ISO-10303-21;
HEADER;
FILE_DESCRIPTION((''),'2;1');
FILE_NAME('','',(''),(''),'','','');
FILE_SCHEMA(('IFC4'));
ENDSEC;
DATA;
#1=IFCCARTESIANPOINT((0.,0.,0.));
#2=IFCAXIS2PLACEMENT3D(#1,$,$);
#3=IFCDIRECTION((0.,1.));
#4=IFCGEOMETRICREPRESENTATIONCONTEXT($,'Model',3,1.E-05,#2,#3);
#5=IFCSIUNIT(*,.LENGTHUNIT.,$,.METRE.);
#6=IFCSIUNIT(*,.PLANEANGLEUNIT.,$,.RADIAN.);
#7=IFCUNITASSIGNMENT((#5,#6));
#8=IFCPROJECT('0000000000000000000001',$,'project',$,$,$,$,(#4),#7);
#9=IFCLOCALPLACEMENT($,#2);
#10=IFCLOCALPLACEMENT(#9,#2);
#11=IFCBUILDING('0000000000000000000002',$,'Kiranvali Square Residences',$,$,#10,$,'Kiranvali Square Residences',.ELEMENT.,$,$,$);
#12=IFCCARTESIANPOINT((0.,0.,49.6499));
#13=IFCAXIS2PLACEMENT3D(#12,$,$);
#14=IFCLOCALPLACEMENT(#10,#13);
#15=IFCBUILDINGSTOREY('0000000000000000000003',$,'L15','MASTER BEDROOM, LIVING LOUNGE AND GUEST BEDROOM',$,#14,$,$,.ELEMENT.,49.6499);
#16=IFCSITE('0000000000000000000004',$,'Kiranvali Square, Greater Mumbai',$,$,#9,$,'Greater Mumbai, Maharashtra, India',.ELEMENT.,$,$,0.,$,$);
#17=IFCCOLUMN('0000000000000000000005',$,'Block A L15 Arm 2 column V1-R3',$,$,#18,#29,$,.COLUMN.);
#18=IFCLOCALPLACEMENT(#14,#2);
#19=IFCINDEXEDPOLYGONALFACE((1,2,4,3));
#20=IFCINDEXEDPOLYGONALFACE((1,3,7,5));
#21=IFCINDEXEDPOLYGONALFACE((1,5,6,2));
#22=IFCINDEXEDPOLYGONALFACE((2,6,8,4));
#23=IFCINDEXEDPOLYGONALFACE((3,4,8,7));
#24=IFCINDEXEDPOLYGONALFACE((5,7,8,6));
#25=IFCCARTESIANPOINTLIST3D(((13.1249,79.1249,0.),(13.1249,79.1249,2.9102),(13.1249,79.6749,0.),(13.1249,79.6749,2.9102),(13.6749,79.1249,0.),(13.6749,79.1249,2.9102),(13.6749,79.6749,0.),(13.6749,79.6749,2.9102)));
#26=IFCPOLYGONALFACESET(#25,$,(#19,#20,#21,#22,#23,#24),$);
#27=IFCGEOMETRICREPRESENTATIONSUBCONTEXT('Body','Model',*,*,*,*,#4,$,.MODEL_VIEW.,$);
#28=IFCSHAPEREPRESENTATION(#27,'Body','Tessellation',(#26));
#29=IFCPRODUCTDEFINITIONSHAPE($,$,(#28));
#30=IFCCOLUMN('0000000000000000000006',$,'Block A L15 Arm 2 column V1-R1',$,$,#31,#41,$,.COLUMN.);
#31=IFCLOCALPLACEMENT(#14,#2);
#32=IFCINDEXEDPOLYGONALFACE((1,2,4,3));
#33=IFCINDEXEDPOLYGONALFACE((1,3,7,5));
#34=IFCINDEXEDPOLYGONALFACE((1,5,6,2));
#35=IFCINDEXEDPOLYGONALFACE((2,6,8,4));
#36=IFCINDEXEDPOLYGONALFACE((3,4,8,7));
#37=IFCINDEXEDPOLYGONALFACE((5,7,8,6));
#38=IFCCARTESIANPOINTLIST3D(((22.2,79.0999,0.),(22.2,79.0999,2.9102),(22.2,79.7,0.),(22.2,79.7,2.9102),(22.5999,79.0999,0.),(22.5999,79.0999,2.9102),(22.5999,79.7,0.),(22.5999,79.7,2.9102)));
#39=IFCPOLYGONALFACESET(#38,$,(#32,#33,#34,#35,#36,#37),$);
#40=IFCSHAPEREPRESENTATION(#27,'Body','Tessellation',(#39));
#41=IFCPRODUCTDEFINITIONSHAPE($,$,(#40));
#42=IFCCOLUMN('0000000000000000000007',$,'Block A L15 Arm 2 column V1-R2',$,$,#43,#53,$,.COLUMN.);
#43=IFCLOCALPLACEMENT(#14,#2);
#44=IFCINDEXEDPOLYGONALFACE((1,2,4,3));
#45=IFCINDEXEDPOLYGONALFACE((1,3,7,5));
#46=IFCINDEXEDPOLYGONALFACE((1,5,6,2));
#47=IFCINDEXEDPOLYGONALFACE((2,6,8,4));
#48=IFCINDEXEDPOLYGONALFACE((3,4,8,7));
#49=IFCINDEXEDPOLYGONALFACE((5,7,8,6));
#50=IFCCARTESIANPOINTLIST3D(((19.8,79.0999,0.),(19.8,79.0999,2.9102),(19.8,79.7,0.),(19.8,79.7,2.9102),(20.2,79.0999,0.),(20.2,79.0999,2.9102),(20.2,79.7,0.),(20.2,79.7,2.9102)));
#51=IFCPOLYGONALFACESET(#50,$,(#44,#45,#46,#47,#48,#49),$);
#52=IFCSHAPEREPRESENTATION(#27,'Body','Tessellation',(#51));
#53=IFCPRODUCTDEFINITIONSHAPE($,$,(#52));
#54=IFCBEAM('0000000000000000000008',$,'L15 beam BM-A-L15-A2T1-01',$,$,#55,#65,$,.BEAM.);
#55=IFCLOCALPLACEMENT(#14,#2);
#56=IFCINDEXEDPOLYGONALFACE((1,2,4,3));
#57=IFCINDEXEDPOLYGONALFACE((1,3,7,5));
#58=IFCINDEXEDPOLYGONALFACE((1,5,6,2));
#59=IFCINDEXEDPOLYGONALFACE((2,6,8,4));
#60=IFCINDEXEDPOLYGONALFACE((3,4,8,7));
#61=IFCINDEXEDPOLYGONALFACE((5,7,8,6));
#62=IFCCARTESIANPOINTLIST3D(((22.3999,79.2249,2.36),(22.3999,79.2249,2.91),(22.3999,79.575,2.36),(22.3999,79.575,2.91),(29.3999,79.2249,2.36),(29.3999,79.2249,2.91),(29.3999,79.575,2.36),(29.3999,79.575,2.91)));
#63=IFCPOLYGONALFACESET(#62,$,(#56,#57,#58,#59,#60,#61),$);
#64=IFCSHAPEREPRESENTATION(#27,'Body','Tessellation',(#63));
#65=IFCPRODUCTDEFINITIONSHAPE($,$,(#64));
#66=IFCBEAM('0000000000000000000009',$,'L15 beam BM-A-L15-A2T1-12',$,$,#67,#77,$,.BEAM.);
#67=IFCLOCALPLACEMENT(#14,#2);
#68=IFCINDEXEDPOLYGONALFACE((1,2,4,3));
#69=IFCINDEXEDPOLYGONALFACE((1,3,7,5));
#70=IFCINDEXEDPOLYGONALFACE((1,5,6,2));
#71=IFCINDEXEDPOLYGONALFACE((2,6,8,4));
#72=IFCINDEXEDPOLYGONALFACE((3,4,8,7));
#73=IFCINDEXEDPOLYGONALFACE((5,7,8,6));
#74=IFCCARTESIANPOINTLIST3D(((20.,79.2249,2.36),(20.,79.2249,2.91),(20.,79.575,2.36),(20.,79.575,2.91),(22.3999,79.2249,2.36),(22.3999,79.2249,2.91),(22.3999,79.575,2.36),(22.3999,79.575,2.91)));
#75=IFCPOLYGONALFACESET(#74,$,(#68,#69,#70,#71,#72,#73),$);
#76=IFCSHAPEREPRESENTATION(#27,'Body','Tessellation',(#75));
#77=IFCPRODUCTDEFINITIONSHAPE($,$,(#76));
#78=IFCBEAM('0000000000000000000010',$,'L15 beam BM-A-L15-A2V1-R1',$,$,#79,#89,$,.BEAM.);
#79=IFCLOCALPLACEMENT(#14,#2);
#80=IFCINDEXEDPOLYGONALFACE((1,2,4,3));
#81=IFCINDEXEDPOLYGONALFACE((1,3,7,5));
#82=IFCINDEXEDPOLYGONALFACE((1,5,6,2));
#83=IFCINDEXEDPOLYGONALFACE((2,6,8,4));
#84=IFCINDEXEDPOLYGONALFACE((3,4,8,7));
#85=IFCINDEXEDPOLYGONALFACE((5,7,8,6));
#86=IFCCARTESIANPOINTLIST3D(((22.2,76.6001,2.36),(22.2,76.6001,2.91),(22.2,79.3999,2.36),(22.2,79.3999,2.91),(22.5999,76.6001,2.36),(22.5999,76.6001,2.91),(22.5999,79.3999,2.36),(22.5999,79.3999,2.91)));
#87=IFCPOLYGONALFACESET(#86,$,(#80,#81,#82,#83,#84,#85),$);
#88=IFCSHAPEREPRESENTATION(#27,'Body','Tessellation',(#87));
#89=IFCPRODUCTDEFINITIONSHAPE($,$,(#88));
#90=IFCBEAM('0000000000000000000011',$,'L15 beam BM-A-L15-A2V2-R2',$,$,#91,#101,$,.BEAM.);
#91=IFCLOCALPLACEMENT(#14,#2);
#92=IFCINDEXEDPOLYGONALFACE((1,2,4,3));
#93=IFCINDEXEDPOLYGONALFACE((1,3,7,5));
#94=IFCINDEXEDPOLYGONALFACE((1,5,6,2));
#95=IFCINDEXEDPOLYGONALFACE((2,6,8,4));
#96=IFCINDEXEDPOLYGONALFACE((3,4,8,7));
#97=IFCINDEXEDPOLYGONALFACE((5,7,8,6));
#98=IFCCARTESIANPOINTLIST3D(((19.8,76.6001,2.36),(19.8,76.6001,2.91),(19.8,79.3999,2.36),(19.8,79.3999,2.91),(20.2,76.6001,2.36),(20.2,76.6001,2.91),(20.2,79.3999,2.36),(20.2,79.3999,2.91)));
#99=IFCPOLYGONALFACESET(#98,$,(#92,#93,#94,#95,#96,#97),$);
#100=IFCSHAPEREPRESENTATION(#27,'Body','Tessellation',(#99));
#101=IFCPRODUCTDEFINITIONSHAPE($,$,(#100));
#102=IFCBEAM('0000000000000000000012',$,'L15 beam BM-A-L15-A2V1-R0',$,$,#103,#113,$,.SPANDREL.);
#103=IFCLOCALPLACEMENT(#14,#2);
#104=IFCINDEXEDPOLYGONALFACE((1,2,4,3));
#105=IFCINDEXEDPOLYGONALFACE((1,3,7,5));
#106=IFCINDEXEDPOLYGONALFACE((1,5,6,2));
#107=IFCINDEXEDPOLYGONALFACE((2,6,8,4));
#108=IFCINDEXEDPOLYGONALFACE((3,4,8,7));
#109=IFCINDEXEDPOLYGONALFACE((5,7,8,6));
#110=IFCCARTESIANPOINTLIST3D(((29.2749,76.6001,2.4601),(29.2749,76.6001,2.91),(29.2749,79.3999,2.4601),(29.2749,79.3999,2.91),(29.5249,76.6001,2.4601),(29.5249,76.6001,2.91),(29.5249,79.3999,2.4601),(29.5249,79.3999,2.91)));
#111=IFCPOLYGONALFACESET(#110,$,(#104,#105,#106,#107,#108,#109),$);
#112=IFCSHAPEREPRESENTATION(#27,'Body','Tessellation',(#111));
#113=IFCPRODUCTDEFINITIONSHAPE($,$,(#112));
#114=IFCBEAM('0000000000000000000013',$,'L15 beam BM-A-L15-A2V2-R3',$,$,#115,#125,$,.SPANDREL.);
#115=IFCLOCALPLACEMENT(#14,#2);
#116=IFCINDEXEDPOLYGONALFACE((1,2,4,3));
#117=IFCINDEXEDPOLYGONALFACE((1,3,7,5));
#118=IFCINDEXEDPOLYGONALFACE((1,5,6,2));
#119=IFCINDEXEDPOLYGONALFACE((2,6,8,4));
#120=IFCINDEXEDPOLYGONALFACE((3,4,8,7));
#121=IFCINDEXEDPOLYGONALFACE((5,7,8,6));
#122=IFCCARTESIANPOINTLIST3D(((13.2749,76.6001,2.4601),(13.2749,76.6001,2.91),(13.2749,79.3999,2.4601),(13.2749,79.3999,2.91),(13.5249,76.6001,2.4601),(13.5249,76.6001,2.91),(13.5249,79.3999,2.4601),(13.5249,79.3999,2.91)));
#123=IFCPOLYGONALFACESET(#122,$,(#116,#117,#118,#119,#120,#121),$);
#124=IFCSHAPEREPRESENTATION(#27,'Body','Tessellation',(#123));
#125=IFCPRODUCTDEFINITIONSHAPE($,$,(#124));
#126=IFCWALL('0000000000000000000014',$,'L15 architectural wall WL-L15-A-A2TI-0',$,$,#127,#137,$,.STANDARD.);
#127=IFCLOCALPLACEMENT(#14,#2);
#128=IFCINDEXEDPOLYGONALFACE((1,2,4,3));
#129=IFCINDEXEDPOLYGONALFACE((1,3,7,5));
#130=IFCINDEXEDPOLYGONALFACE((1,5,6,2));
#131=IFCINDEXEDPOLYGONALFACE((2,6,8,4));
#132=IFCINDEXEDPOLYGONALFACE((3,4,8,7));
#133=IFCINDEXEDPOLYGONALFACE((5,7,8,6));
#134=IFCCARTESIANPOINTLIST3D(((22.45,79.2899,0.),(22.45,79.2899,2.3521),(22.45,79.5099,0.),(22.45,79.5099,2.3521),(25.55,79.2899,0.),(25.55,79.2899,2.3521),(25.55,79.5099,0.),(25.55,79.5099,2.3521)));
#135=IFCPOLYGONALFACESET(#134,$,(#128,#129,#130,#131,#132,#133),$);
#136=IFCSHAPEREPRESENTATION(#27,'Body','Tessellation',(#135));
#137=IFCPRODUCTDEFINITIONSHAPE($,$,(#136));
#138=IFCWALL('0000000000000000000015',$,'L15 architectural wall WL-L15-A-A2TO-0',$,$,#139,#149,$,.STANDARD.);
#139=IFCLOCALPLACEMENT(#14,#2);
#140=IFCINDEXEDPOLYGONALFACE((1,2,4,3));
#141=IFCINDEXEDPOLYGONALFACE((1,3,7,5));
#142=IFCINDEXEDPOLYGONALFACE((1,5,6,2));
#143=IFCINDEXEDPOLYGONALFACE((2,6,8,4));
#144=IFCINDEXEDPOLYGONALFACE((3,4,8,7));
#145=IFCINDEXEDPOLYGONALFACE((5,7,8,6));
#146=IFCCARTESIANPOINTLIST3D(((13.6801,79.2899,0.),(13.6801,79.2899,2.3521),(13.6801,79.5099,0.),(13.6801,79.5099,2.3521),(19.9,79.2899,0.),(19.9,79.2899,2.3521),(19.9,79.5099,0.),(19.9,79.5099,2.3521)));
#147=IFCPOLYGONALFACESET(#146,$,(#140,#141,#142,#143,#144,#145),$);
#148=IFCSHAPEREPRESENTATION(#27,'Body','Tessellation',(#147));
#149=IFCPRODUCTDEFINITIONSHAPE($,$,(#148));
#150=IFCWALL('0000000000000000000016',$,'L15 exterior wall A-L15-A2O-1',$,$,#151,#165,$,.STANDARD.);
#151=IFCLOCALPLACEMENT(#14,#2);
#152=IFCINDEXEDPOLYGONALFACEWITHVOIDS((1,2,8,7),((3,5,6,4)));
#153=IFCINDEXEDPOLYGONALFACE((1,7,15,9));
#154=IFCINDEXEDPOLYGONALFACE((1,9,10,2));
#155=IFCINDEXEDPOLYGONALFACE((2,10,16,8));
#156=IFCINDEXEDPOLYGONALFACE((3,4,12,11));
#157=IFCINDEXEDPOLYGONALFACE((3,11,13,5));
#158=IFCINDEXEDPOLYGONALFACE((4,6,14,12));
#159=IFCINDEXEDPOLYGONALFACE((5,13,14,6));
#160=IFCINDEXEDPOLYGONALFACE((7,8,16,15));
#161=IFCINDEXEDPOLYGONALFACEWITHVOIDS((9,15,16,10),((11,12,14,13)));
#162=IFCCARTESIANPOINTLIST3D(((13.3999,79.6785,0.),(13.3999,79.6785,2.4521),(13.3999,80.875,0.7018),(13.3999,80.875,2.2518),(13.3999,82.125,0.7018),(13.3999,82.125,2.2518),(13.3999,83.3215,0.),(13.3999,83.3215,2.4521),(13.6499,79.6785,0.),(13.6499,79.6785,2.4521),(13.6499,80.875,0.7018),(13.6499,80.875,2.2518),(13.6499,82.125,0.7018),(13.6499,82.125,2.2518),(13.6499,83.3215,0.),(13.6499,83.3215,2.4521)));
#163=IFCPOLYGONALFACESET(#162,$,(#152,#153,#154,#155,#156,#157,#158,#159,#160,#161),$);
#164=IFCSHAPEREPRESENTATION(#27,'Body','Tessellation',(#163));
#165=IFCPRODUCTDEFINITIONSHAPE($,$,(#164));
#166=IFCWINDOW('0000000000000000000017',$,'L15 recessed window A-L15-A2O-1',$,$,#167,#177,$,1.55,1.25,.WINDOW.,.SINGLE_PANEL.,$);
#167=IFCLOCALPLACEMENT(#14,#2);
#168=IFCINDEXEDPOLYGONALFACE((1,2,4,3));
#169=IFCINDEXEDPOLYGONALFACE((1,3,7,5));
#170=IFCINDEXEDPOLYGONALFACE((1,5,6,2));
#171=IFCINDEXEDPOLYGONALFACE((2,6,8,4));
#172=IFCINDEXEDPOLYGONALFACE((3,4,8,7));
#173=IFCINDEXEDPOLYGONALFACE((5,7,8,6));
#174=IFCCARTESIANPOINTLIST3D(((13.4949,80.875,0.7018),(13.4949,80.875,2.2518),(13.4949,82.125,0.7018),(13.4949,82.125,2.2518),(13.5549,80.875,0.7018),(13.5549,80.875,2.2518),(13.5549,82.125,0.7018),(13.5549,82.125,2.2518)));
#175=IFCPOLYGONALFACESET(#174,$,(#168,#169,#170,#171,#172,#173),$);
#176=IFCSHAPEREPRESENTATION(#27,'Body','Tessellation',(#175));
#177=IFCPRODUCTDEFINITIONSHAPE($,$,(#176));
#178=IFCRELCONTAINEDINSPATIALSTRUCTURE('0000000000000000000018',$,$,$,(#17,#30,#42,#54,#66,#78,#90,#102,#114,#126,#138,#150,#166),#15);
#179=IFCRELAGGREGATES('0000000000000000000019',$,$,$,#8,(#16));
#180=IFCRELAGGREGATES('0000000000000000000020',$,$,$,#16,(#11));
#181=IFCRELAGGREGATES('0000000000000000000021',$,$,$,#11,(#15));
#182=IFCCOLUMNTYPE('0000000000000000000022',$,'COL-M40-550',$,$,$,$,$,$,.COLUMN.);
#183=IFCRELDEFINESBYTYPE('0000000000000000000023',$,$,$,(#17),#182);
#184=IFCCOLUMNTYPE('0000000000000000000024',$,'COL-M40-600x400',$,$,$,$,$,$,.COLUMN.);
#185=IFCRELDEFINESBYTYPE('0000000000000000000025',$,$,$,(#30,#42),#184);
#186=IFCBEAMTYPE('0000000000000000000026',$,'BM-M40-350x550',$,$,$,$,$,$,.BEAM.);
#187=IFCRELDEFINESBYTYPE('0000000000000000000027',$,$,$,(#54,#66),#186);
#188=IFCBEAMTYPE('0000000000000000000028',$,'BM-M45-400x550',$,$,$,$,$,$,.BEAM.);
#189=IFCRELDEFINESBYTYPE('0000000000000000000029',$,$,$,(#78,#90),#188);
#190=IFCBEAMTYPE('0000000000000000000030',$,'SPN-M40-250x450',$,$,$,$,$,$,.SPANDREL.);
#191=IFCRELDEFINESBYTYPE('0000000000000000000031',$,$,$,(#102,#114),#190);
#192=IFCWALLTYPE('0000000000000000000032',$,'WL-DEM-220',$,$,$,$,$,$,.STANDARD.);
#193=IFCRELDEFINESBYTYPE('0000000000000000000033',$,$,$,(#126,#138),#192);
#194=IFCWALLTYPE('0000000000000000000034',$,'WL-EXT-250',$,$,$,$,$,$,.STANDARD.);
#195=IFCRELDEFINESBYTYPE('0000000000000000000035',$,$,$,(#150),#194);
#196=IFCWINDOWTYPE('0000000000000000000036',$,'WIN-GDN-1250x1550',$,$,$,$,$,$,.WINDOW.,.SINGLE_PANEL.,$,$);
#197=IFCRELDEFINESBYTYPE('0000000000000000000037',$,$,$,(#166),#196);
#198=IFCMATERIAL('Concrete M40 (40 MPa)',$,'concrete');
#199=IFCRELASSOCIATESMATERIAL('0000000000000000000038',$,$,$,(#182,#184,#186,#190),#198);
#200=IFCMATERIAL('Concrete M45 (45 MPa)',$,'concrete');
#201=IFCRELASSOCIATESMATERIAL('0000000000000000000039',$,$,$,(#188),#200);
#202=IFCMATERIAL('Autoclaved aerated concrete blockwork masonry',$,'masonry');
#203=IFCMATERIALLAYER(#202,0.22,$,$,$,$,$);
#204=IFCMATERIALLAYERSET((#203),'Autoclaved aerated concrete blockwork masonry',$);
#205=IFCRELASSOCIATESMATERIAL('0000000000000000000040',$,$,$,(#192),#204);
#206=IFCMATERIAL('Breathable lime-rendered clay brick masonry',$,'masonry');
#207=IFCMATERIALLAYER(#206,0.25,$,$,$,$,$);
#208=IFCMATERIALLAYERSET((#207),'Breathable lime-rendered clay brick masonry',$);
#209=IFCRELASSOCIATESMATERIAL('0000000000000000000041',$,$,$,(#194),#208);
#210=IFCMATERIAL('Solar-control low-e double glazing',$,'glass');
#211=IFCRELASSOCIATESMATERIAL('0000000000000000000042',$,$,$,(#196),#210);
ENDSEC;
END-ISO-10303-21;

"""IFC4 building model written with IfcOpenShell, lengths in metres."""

from ifc_helpers import new_model, si_unit, direction, frame, frame_2d, origin, origin_2d, place, context, subcontext, project, spatial, rectangle, extrude, material, layer, layer_set, material_profile, profile_set, type_object, element, fill, save


model = new_model("IFC4")

# Units and contexts
model_context = context("Model", 3, precision=1e-05, world=origin(), true_north=direction((0.0, 1.0)))
body_context = subcontext(model_context, "Body", "Model", "MODEL_VIEW")
ifc_project = project(units=[si_unit("LENGTHUNIT", "METRE"), si_unit("PLANEANGLEUNIT", "RADIAN")], contexts=[model_context])

# Site, building, storey
site_placement = place(None, origin())
site = spatial("IfcSite", under=ifc_project, at=site_placement, Name="Kiranvali Square, Greater Mumbai", LongName="Greater Mumbai, Maharashtra, India", CompositionType="ELEMENT", RefElevation=0.0)
building_placement = place(site_placement, origin())
building = spatial("IfcBuilding", under=site, at=building_placement, Name="Kiranvali Square Residences", LongName="Kiranvali Square Residences", CompositionType="ELEMENT")
storey_placement = place(building_placement, frame((0.0, 0.0, 49.6499)))
storey = spatial("IfcBuildingStorey", under=building, at=storey_placement, Name="L15", Description="MASTER BEDROOM, LIVING LOUNGE AND GUEST BEDROOM", CompositionType="ELEMENT", Elevation=49.6499)

# Columns
ifc_material_1 = material(Name="Concrete M40 (40 MPa)", Category="concrete")
ifc_material_profile_1 = material_profile(ifc_material_1, rectangle(XDim=0.55, YDim=0.55, at=origin_2d()), Name="RC 550x550")
ifc_profile_set_1 = profile_set([ifc_material_profile_1], Name="Concrete M40 (40 MPa)")
column_type_1 = type_object("IfcColumnType", Name="COL-M40-550", PredefinedType="COLUMN", material=ifc_profile_set_1)
column_placement = place(storey_placement, frame((13.3999, 79.3999, 0.0), z_axis=(0.0, 0.0, 1.0), x_axis=(1.0, 0.0, 0.0)))
element("IfcColumn", 1, at=column_placement, inside=storey, type_object=column_type_1, Name="Block A L15 Arm 2 column V1-R3", PredefinedType="COLUMN", context=body_context, shape_type="SweptSolid", body=[
    extrude(rectangle(XDim=0.55, YDim=0.55, at=origin_2d()), origin(), (0.0, 0.0, 1.0), 2.9102),
])
ifc_material_profile_2 = material_profile(ifc_material_1, rectangle(XDim=0.3999, YDim=0.6001, at=origin_2d()), Name="RC 600x400")
ifc_profile_set_2 = profile_set([ifc_material_profile_2], Name="Concrete M40 (40 MPa)")
column_type_2 = type_object("IfcColumnType", Name="COL-M40-600x400", PredefinedType="COLUMN", material=ifc_profile_set_2)
for number, where, z_axis, x_axis, name in (
    (2, (22.3999, 79.3999, 0.0), (0.0, 0.0, 1.0), (1.0, 0.0, 0.0), "Block A L15 Arm 2 column V1-R1"),
    (3, (20.0, 79.3999, 0.0), (0.0, 0.0, 1.0), (1.0, 0.0, 0.0), "Block A L15 Arm 2 column V1-R2"),
):
    element("IfcColumn", number, at=place(storey_placement, frame(where, z_axis=z_axis, x_axis=x_axis)), inside=storey, type_object=column_type_2, Name=name, PredefinedType="COLUMN", context=body_context, shape_type="SweptSolid", body=[
        extrude(rectangle(XDim=0.3999, YDim=0.6001, at=origin_2d()), origin(), (0.0, 0.0, 1.0), 2.9102),
    ])

# Beams
ifc_material_profile_3 = material_profile(ifc_material_1, rectangle(XDim=0.3501, YDim=0.55, at=origin_2d()), Name="RC 350x550")
ifc_profile_set_3 = profile_set([ifc_material_profile_3], Name="Concrete M40 (40 MPa)")
beam_type_1 = type_object("IfcBeamType", Name="BM-M40-350x550", PredefinedType="BEAM", material=ifc_profile_set_3)
beam_1_placement = place(storey_placement, frame((29.3999, 79.3999, 2.635), z_axis=(-1.0, 0.0, 0.0), x_axis=(0.0, -1.0, 0.0)))
element("IfcBeam", 4, at=beam_1_placement, inside=storey, type_object=beam_type_1, Name="L15 beam BM-A-L15-A2T1-01", PredefinedType="BEAM", context=body_context, shape_type="SweptSolid", body=[
    extrude(rectangle(XDim=0.3501, YDim=0.55, at=origin_2d()), origin(), (0.0, 0.0, 1.0), 7.0),
])
beam_2_placement = place(storey_placement, frame((22.3999, 79.3999, 2.635), z_axis=(-1.0, 0.0, 0.0), x_axis=(0.0, -1.0, 0.0)))
element("IfcBeam", 5, at=beam_2_placement, inside=storey, type_object=beam_type_1, Name="L15 beam BM-A-L15-A2T1-12", PredefinedType="BEAM", context=body_context, shape_type="SweptSolid", body=[
    extrude(rectangle(XDim=0.3501, YDim=0.55, at=origin_2d()), origin(), (0.0, 0.0, 1.0), 2.3999),
])
ifc_material_2 = material(Name="Concrete M45 (45 MPa)", Category="concrete")
ifc_material_profile_4 = material_profile(ifc_material_2, rectangle(XDim=0.3999, YDim=0.55, at=origin_2d()), Name="RC 400x550")
ifc_profile_set_4 = profile_set([ifc_material_profile_4], Name="Concrete M45 (45 MPa)")
beam_type_2 = type_object("IfcBeamType", Name="BM-M45-400x550", PredefinedType="BEAM", material=ifc_profile_set_4)
for number, where, z_axis, x_axis, name in (
    (6, (22.3999, 79.3999, 2.635), (0.0, -1.0, 0.0), (1.0, 0.0, 0.0), "L15 beam BM-A-L15-A2V1-R1"),
    (7, (20.0, 79.3999, 2.635), (0.0, -1.0, 0.0), (1.0, 0.0, 0.0), "L15 beam BM-A-L15-A2V2-R2"),
):
    element("IfcBeam", number, at=place(storey_placement, frame(where, z_axis=z_axis, x_axis=x_axis)), inside=storey, type_object=beam_type_2, Name=name, PredefinedType="BEAM", context=body_context, shape_type="SweptSolid", body=[
        extrude(rectangle(XDim=0.3999, YDim=0.55, at=origin_2d()), origin(), (0.0, 0.0, 1.0), 2.7998),
    ])
ifc_material_profile_5 = material_profile(ifc_material_1, rectangle(XDim=0.25, YDim=0.45, at=origin_2d()), Name="RC 250x450")
ifc_profile_set_5 = profile_set([ifc_material_profile_5], Name="Concrete M40 (40 MPa)")
beam_type_3 = type_object("IfcBeamType", Name="SPN-M40-250x450", PredefinedType="SPANDREL", material=ifc_profile_set_5)
for number, where, z_axis, x_axis, name in (
    (8, (29.3999, 79.3999, 2.6851), (0.0, -1.0, 0.0), (1.0, 0.0, 0.0), "L15 beam BM-A-L15-A2V1-R0"),
    (9, (13.3999, 79.3999, 2.6851), (0.0, -1.0, 0.0), (1.0, 0.0, 0.0), "L15 beam BM-A-L15-A2V2-R3"),
):
    element("IfcBeam", number, at=place(storey_placement, frame(where, z_axis=z_axis, x_axis=x_axis)), inside=storey, type_object=beam_type_3, Name=name, PredefinedType="SPANDREL", context=body_context, shape_type="SweptSolid", body=[
        extrude(rectangle(XDim=0.25, YDim=0.45, at=origin_2d()), origin(), (0.0, 0.0, 1.0), 2.7998),
    ])

# Shared definitions
ifc_material_3 = material(Name="Autoclaved aerated concrete blockwork masonry", Category="masonry")

# Walls
ifc_layer_1 = layer(ifc_material_3, 0.22)
ifc_layer_set_1 = layer_set([ifc_layer_1], Name="Autoclaved aerated concrete blockwork masonry")
wall_type_1 = type_object("IfcWallType", Name="WL-DEM-220", PredefinedType="STANDARD", material=ifc_layer_set_1)
wall_1_placement = place(storey_placement, frame((25.55, 79.3999, 0.0), z_axis=(0.0, 0.0, 1.0), x_axis=(-1.0, 0.0, 0.0)))
element("IfcWall", 10, at=wall_1_placement, inside=storey, type_object=wall_type_1, Name="L15 architectural wall WL-L15-A-A2TI-0", PredefinedType="STANDARD", context=body_context, shape_type="SweptSolid", body=[
    extrude(rectangle(XDim=3.1001, YDim=0.22, at=frame_2d((1.55, 0.0))), origin(), (0.0, 0.0, 1.0), 2.3521),
])
wall_2_placement = place(storey_placement, frame((19.8999, 79.3999, 0.0), z_axis=(0.0, 0.0, 1.0), x_axis=(-1.0, 0.0, 0.0)))
element("IfcWall", 11, at=wall_2_placement, inside=storey, type_object=wall_type_1, Name="L15 architectural wall WL-L15-A-A2TO-0", PredefinedType="STANDARD", context=body_context, shape_type="SweptSolid", body=[
    extrude(rectangle(XDim=6.22, YDim=0.22, at=frame_2d((3.1099, 0.0))), origin(), (0.0, 0.0, 1.0), 2.3521),
])

# Wall, opening, window
ifc_material_4 = material(Name="Breathable lime-rendered clay brick masonry", Category="masonry")
ifc_layer_2 = layer(ifc_material_4, 0.25)
ifc_layer_set_2 = layer_set([ifc_layer_2], Name="Breathable lime-rendered clay brick masonry")
wall_type_2 = type_object("IfcWallType", Name="WL-EXT-250", PredefinedType="STANDARD", material=ifc_layer_set_2)
wall_3_placement = place(storey_placement, frame((13.5249, 83.3215, 0.0), z_axis=(0.0, 0.0, 1.0), x_axis=(0.0, -1.0, 0.0)))
wall_3 = element("IfcWall", 12, at=wall_3_placement, inside=storey, type_object=wall_type_2, Name="L15 exterior wall A-L15-A2O-1", PredefinedType="STANDARD", context=body_context, shape_type="SweptSolid", body=[
    extrude(rectangle(XDim=3.6431, YDim=0.25, at=frame_2d((1.8215, 0.0))), origin(), (0.0, 0.0, 1.0), 2.4521),
])
opening_1_placement = place(wall_3_placement, frame((1.1965, 0.0, 0.7019)))
opening_1 = element("IfcOpeningElement", 13, at=opening_1_placement, cuts=wall_3, PredefinedType="OPENING", context=body_context, shape_type="SweptSolid", body=[
    extrude(rectangle(XDim=1.25, YDim=1.55, at=frame_2d((0.625, 0.7749))), frame((0.0, 0.135, 0.0), z_axis=(0.0, -1.0, 0.0), x_axis=(1.0, 0.0, 0.0)), (0.0, 0.0, 1.0), 0.27),
])
ifc_material_5 = material(Name="Solar-control low-e double glazing", Category="glass")
window_type = type_object("IfcWindowType", Name="WIN-GDN-1250x1550", PartitioningType="SINGLE_PANEL", PredefinedType="WINDOW", material=ifc_material_5)
window_placement = place(opening_1_placement, origin())
window = element("IfcWindow", 14, at=window_placement, inside=storey, type_object=window_type, Name="L15 recessed window A-L15-A2O-1", OverallHeight=1.55, OverallWidth=1.25, PartitioningType="SINGLE_PANEL", PredefinedType="WINDOW", context=body_context, shape_type="SweptSolid", body=[
    extrude(rectangle(XDim=1.25, YDim=1.55, at=frame_2d((0.625, 0.7749))), frame((0.0, 0.03, 0.0), z_axis=(0.0, -1.0, 0.0), x_axis=(1.0, 0.0, 0.0)), (0.0, 0.0, 1.0), 0.0601),
])
fill(opening_1, window)

save(model, "model.ifc")
